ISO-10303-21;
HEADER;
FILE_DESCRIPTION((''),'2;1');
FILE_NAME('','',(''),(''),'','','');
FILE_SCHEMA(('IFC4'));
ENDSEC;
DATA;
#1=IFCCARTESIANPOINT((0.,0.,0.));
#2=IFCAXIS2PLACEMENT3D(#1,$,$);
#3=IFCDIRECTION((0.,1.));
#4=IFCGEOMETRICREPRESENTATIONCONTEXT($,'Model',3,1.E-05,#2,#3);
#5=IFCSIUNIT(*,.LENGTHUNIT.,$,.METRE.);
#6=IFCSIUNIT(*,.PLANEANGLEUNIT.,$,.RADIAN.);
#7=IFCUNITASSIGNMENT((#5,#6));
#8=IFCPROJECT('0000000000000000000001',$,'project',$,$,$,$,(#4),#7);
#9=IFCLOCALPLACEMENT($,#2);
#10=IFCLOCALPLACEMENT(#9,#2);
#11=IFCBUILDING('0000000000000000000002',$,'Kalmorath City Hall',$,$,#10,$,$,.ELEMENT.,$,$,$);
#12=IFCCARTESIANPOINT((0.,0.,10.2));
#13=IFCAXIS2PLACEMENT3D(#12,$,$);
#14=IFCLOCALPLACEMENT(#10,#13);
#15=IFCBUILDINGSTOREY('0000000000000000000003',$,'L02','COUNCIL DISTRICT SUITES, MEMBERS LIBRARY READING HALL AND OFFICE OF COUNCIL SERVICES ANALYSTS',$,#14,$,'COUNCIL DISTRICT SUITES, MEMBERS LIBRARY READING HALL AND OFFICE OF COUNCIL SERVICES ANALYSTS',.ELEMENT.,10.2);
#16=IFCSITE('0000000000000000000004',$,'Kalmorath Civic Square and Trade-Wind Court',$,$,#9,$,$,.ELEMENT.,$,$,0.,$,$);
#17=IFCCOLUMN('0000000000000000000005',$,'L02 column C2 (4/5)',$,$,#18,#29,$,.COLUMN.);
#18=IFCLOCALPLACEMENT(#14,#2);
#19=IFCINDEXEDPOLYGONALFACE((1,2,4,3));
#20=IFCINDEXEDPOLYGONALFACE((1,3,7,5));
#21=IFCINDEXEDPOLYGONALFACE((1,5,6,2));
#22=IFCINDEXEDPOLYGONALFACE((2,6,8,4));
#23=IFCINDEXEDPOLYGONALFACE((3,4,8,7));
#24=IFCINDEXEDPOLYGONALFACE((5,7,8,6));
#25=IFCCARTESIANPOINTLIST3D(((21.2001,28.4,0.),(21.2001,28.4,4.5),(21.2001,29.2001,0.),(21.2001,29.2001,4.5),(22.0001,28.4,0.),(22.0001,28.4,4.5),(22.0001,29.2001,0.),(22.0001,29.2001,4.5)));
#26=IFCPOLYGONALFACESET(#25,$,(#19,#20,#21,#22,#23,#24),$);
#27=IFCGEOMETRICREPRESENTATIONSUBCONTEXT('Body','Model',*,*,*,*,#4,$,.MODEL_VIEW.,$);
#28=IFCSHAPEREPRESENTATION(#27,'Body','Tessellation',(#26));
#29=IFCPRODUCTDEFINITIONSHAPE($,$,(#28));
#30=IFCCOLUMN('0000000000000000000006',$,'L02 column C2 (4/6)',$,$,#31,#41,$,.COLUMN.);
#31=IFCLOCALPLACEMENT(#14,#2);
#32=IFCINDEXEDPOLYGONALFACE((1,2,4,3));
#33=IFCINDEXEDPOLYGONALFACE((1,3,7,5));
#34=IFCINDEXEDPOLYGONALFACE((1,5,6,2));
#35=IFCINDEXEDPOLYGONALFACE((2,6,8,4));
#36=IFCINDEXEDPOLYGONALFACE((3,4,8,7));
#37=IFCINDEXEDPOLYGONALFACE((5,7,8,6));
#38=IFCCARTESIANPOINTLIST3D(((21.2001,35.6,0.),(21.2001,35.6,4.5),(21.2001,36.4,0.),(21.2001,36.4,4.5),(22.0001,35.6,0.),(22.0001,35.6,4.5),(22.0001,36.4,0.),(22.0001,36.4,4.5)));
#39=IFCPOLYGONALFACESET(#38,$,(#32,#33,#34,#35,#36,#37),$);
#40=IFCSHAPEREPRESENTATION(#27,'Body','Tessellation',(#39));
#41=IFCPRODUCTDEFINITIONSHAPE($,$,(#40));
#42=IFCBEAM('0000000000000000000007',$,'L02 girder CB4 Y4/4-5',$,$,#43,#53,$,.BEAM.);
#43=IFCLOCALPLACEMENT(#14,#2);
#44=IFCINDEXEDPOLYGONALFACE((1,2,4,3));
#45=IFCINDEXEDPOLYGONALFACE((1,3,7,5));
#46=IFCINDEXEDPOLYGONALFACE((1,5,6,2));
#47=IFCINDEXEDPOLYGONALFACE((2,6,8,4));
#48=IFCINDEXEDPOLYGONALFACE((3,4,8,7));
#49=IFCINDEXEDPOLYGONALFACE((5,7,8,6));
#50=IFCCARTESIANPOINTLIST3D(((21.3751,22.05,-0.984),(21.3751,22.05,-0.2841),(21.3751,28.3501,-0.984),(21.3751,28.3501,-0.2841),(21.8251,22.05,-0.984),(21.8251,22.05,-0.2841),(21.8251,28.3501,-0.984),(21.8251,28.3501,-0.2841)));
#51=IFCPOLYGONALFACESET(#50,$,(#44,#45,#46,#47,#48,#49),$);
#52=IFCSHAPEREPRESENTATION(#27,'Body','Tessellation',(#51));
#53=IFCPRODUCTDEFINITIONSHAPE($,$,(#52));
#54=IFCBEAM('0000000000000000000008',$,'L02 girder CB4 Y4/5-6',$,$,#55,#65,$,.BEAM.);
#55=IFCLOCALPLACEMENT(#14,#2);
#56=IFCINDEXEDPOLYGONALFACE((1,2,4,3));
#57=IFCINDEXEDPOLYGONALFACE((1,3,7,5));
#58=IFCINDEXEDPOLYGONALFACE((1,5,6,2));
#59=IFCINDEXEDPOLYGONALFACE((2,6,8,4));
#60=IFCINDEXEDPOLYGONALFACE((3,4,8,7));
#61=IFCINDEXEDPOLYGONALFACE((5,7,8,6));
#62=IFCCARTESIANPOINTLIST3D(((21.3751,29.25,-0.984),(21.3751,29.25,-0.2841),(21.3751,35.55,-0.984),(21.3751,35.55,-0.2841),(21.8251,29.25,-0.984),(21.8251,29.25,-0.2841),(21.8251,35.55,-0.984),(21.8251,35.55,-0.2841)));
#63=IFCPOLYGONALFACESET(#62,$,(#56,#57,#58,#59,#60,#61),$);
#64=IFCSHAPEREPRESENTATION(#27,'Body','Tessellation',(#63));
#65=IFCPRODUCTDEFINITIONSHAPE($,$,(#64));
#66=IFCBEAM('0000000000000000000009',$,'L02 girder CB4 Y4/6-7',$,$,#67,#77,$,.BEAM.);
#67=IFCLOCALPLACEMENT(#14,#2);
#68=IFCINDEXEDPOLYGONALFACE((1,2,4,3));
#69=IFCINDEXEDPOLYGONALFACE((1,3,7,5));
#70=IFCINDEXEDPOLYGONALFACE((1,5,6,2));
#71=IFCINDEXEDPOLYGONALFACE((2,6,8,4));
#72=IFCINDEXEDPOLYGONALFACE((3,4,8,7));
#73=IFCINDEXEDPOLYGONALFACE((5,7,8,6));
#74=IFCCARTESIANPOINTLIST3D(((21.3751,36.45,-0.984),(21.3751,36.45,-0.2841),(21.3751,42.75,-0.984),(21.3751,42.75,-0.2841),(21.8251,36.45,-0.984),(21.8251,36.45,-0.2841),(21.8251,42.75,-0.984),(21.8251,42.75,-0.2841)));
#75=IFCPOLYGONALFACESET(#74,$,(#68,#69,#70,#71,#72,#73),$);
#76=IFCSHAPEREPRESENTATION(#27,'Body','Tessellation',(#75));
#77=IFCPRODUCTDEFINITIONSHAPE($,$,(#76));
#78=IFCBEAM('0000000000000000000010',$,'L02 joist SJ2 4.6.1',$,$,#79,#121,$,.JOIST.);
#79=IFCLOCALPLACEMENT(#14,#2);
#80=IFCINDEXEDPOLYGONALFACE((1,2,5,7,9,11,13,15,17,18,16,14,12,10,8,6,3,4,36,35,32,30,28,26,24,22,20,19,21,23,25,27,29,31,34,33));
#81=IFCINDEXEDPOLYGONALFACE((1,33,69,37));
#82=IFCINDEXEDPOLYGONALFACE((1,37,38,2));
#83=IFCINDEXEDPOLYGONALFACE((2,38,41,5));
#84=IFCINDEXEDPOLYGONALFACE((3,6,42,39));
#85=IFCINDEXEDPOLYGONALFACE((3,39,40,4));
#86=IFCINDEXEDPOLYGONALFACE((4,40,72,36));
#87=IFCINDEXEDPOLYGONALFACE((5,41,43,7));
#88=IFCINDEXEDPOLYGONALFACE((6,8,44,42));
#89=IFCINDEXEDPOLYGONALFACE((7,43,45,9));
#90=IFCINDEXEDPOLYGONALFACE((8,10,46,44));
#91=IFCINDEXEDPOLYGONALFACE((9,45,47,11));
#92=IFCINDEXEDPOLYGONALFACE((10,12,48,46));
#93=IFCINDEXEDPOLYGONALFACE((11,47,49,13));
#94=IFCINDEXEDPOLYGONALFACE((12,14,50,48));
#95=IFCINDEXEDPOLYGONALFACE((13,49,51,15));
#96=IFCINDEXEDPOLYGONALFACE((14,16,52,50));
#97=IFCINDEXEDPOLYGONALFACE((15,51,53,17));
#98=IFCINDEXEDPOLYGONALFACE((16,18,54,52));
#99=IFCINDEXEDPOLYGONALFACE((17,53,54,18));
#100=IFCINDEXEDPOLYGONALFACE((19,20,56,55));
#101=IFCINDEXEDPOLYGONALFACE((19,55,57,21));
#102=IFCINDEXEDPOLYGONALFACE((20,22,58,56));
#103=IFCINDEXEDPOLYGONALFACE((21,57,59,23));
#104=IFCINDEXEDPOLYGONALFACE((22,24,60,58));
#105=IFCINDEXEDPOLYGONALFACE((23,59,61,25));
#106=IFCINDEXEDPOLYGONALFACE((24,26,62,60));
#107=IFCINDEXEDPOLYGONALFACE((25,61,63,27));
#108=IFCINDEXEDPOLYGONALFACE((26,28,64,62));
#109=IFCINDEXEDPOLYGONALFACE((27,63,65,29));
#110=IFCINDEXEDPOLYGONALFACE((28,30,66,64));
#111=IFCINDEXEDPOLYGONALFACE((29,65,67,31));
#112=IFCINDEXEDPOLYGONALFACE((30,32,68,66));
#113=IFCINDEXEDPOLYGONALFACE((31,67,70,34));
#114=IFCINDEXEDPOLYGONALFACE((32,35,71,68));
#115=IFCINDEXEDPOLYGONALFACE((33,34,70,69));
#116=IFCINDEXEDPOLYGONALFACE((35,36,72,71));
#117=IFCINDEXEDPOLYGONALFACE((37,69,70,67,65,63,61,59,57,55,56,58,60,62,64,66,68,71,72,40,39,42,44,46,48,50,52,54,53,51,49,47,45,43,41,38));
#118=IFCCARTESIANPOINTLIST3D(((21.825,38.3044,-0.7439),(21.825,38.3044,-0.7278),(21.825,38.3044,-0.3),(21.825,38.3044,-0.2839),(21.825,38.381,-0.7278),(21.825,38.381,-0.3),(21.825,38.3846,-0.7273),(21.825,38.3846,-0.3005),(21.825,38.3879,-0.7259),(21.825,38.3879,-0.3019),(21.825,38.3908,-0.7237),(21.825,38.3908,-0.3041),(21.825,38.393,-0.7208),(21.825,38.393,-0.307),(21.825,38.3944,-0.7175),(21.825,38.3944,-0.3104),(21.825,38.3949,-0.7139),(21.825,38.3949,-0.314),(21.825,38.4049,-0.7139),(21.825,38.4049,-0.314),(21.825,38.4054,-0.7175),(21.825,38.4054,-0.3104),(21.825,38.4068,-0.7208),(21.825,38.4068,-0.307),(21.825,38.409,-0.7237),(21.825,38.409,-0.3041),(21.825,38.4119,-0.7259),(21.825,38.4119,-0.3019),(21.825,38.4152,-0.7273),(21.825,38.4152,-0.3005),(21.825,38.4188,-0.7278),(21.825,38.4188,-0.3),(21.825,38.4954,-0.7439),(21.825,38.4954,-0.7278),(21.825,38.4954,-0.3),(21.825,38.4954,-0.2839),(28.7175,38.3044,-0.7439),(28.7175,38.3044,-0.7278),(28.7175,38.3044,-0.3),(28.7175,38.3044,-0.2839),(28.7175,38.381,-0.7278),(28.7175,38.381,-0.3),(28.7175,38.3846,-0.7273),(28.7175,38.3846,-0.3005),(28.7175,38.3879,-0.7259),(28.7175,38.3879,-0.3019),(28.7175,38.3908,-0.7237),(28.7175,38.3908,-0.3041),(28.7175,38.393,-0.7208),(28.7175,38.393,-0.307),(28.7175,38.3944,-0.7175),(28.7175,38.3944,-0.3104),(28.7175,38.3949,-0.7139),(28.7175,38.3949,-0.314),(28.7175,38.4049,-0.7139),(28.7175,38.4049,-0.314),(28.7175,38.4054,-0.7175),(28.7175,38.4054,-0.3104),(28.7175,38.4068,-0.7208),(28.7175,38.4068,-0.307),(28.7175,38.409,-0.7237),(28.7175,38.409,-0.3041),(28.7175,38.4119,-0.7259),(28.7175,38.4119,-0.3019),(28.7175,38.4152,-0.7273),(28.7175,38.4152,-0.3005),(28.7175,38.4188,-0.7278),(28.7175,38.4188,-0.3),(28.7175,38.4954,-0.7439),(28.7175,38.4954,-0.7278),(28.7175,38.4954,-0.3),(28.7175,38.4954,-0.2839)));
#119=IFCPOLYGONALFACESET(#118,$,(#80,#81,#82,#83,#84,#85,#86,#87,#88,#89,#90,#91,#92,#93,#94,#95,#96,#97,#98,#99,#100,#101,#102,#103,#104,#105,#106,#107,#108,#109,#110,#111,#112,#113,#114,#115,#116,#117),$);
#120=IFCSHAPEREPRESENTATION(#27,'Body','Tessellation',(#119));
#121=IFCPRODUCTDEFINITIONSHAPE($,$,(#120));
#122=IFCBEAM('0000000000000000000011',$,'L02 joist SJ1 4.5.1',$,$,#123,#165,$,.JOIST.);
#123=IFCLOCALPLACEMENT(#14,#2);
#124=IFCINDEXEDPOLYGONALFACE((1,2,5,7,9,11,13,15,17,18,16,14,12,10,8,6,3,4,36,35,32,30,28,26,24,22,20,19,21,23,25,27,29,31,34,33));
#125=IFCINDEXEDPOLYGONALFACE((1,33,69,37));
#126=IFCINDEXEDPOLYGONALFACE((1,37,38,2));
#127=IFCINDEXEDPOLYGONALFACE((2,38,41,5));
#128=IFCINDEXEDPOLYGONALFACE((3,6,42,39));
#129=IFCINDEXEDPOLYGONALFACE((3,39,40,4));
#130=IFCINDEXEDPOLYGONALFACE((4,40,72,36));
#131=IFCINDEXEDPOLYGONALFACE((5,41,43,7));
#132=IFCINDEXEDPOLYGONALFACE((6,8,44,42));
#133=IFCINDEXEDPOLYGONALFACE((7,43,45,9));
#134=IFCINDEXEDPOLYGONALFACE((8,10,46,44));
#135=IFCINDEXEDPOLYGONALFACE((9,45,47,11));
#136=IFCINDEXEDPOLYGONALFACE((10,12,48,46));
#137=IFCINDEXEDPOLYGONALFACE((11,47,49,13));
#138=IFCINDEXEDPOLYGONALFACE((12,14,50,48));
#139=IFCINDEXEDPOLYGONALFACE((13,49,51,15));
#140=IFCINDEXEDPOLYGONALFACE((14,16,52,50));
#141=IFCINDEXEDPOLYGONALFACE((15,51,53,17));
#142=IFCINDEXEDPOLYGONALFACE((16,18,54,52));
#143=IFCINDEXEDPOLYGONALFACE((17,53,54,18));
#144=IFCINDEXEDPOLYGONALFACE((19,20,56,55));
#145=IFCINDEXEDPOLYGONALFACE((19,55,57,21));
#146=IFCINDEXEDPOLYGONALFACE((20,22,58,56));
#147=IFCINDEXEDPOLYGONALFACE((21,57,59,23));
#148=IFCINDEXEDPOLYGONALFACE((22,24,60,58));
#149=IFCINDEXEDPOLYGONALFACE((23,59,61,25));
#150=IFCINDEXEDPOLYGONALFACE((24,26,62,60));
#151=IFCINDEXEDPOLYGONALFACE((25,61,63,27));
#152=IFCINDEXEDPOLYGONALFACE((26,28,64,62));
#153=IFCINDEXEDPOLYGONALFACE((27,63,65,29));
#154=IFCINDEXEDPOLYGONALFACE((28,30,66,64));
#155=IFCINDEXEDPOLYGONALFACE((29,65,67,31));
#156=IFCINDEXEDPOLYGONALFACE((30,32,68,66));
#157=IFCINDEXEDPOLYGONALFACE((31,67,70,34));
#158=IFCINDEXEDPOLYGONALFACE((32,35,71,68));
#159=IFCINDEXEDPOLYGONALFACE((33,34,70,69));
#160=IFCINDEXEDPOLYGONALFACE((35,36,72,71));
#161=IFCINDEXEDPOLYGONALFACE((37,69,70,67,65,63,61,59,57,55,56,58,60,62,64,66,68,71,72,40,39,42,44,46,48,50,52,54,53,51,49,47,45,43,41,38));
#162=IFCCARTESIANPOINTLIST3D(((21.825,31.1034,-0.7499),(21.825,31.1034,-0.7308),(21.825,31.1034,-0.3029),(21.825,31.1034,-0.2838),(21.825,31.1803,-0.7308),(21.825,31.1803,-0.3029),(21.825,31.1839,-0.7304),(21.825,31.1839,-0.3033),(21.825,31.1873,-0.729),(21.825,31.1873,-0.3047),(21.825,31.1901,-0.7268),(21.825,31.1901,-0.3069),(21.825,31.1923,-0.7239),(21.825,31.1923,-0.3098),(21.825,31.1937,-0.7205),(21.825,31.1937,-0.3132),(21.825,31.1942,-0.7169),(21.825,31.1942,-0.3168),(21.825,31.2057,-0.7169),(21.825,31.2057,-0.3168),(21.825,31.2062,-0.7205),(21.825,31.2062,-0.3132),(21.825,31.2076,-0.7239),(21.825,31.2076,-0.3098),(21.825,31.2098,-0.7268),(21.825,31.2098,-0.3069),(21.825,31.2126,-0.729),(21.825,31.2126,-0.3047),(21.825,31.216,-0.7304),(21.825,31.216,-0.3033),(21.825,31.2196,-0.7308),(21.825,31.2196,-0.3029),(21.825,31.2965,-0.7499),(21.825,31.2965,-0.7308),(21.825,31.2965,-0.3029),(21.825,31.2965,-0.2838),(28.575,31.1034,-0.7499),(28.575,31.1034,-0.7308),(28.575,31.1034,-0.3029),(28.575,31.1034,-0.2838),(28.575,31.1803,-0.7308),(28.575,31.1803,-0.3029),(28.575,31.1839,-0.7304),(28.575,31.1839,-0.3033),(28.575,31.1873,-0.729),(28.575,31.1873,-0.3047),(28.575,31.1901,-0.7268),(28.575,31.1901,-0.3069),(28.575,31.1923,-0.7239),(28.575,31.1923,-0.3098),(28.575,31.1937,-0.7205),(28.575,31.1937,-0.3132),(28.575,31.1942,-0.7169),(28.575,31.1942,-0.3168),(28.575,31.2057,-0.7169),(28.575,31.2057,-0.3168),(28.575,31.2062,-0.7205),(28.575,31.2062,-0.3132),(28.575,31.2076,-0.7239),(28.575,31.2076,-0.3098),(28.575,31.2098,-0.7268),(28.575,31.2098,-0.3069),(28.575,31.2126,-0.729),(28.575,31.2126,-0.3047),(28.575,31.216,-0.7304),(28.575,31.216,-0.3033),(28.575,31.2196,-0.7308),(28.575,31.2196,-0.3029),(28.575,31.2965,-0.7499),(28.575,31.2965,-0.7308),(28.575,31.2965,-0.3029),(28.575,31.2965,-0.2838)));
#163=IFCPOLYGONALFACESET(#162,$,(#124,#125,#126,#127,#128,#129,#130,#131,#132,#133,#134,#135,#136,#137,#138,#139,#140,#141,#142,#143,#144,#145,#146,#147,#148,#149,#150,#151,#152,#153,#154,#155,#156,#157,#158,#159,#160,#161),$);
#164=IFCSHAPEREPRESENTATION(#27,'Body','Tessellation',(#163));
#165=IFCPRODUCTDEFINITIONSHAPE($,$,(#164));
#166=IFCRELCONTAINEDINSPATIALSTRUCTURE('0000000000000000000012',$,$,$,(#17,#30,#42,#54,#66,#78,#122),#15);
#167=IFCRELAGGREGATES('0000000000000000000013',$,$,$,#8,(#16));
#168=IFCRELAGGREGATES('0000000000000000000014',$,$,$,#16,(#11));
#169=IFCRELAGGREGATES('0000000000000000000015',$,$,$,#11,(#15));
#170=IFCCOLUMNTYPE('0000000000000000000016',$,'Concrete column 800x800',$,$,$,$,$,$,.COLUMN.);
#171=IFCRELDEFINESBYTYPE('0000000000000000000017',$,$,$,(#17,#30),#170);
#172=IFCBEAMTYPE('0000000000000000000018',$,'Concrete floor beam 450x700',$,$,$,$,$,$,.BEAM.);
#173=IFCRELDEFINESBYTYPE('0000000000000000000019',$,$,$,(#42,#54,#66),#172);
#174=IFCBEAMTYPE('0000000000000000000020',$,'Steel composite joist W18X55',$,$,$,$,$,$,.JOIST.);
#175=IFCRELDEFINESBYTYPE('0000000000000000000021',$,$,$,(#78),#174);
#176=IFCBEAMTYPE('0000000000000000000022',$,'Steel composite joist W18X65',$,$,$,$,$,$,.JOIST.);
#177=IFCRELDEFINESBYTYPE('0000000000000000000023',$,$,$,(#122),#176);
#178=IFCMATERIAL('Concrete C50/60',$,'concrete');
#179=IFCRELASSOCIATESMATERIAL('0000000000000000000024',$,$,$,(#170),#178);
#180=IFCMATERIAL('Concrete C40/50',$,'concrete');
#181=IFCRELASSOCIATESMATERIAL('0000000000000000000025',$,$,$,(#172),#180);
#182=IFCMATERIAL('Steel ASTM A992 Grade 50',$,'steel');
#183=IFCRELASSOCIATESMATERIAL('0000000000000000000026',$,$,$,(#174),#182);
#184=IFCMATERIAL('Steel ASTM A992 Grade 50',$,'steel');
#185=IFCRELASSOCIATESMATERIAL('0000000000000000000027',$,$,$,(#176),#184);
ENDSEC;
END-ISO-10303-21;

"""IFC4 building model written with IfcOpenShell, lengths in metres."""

from ifc_helpers import new_model, si_unit, direction, frame, origin, origin_2d, place, context, subcontext, project, spatial, rectangle, i_section, extrude, material, material_profile, profile_set, type_object, element, save


model = new_model("IFC4")

# Units and contexts
model_context = context("Model", 3, precision=1e-05, world=origin(), true_north=direction((0.0, 1.0)))
body_context = subcontext(model_context, "Body", "Model", "MODEL_VIEW")
ifc_project = project(units=[si_unit("LENGTHUNIT", "METRE"), si_unit("PLANEANGLEUNIT", "RADIAN")], contexts=[model_context])

# Site, building, storey
site_placement = place(None, origin())
site = spatial("IfcSite", under=ifc_project, at=site_placement, Name="Kalmorath Civic Square and Trade-Wind Court", CompositionType="ELEMENT", RefElevation=0.0)
building_placement = place(site_placement, origin())
building = spatial("IfcBuilding", under=site, at=building_placement, Name="Kalmorath City Hall", CompositionType="ELEMENT")
storey_placement = place(building_placement, frame((0.0, 0.0, 10.2)))
storey = spatial("IfcBuildingStorey", under=building, at=storey_placement, Name="L02", Description="COUNCIL DISTRICT SUITES, MEMBERS LIBRARY READING HALL AND OFFICE OF COUNCIL SERVICES ANALYSTS", LongName="COUNCIL DISTRICT SUITES, MEMBERS LIBRARY READING HALL AND OFFICE OF COUNCIL SERVICES ANALYSTS", CompositionType="ELEMENT", Elevation=10.2)

# Columns
ifc_material_1 = material(Name="Concrete C50/60", Category="concrete")
ifc_material_profile_1 = material_profile(ifc_material_1, rectangle(XDim=0.8, YDim=0.8, at=origin_2d()), Name="RC-COL-800X800")
ifc_profile_set_1 = profile_set([ifc_material_profile_1], Name="Concrete C50/60")
column_type = type_object("IfcColumnType", Name="Concrete column 800x800", PredefinedType="COLUMN", material=ifc_profile_set_1)
for number, where, z_axis, x_axis, name in (
    (1, (21.6001, 28.8, 0.0), (0.0, 0.0, 1.0), (1.0, 0.0, 0.0), "L02 column C2 (4/5)"),
    (2, (21.6001, 36.0, 0.0), (0.0, 0.0, 1.0), (1.0, 0.0, 0.0), "L02 column C2 (4/6)"),
):
    element("IfcColumn", number, at=place(storey_placement, frame(where, z_axis=z_axis, x_axis=x_axis)), inside=storey, type_object=column_type, Name=name, PredefinedType="COLUMN", context=body_context, shape_type="SweptSolid", body=[
        extrude(rectangle(XDim=0.8, YDim=0.8, at=origin_2d()), origin(), (0.0, 0.0, 1.0), 4.5),
    ])

# Beams
ifc_material_2 = material(Name="Concrete C40/50", Category="concrete")
ifc_material_profile_2 = material_profile(ifc_material_2, rectangle(XDim=0.45, YDim=0.7, at=origin_2d()), Name="RC-BM-450X700")
ifc_profile_set_2 = profile_set([ifc_material_profile_2], Name="Concrete C40/50")
beam_type_1 = type_object("IfcBeamType", Name="Concrete floor beam 450x700", PredefinedType="BEAM", material=ifc_profile_set_2)
for number, where, z_axis, x_axis, name in (
    (3, (21.6001, 22.05, -0.634), (0.0, 1.0, 0.0), (-1.0, 0.0, 0.0), "L02 girder CB4 Y4/4-5"),
    (4, (21.6001, 29.25, -0.634), (0.0, 1.0, 0.0), (-1.0, 0.0, 0.0), "L02 girder CB4 Y4/5-6"),
    (5, (21.6001, 36.45, -0.634), (0.0, 1.0, 0.0), (-1.0, 0.0, 0.0), "L02 girder CB4 Y4/6-7"),
):
    element("IfcBeam", number, at=place(storey_placement, frame(where, z_axis=z_axis, x_axis=x_axis)), inside=storey, type_object=beam_type_1, Name=name, PredefinedType="BEAM", context=body_context, shape_type="SweptSolid", body=[
        extrude(rectangle(XDim=0.45, YDim=0.7, at=origin_2d()), origin(), (0.0, 0.0, 1.0), 6.3),
    ])
ifc_material_3 = material(Name="Steel ASTM A992 Grade 50", Category="steel")
ifc_material_profile_3 = material_profile(ifc_material_3, i_section(OverallWidth=0.1909, OverallDepth=0.46, WebThickness=0.01, FlangeThickness=0.0161, FilletRadius=0.0139, at=origin_2d()), Name="W18X55")
ifc_profile_set_3 = profile_set([ifc_material_profile_3], Name="Steel ASTM A992 Grade 50")
beam_type_2 = type_object("IfcBeamType", Name="Steel composite joist W18X55", PredefinedType="JOIST", material=ifc_profile_set_3)
beam_1_placement = place(storey_placement, frame((21.825, 38.3999, -0.5139), z_axis=(1.0, 0.0, 0.0), x_axis=(0.0, 1.0, 0.0)))
element("IfcBeam", 6, at=beam_1_placement, inside=storey, type_object=beam_type_2, Name="L02 joist SJ2 4.6.1", PredefinedType="JOIST", context=body_context, shape_type="SweptSolid", body=[
    extrude(i_section(OverallWidth=0.1909, OverallDepth=0.46, WebThickness=0.01, FlangeThickness=0.0161, FilletRadius=0.0139, at=origin_2d()), origin(), (0.0, 0.0, 1.0), 6.8926),
])
ifc_material_4 = material(Name="Steel ASTM A992 Grade 50", Category="steel")
ifc_material_profile_4 = material_profile(ifc_material_4, i_section(OverallWidth=0.1931, OverallDepth=0.4661, WebThickness=0.0115, FlangeThickness=0.019, FilletRadius=0.0139, at=origin_2d()), Name="W18X65")
ifc_profile_set_4 = profile_set([ifc_material_profile_4], Name="Steel ASTM A992 Grade 50")
beam_type_3 = type_object("IfcBeamType", Name="Steel composite joist W18X65", PredefinedType="JOIST", material=ifc_profile_set_4)
for number, where, z_axis, x_axis, name in (
    (7, (21.825, 31.2, -0.5168), (1.0, 0.0, 0.0), (0.0, 1.0, 0.0), "L02 joist SJ1 4.5.1"),
):
    element("IfcBeam", number, at=place(storey_placement, frame(where, z_axis=z_axis, x_axis=x_axis)), inside=storey, type_object=beam_type_3, Name=name, PredefinedType="JOIST", context=body_context, shape_type="SweptSolid", body=[
        extrude(i_section(OverallWidth=0.1931, OverallDepth=0.4661, WebThickness=0.0115, FlangeThickness=0.019, FilletRadius=0.0139, at=origin_2d()), origin(), (0.0, 0.0, 1.0), 6.75),
    ])

save(model, "model.ifc")
